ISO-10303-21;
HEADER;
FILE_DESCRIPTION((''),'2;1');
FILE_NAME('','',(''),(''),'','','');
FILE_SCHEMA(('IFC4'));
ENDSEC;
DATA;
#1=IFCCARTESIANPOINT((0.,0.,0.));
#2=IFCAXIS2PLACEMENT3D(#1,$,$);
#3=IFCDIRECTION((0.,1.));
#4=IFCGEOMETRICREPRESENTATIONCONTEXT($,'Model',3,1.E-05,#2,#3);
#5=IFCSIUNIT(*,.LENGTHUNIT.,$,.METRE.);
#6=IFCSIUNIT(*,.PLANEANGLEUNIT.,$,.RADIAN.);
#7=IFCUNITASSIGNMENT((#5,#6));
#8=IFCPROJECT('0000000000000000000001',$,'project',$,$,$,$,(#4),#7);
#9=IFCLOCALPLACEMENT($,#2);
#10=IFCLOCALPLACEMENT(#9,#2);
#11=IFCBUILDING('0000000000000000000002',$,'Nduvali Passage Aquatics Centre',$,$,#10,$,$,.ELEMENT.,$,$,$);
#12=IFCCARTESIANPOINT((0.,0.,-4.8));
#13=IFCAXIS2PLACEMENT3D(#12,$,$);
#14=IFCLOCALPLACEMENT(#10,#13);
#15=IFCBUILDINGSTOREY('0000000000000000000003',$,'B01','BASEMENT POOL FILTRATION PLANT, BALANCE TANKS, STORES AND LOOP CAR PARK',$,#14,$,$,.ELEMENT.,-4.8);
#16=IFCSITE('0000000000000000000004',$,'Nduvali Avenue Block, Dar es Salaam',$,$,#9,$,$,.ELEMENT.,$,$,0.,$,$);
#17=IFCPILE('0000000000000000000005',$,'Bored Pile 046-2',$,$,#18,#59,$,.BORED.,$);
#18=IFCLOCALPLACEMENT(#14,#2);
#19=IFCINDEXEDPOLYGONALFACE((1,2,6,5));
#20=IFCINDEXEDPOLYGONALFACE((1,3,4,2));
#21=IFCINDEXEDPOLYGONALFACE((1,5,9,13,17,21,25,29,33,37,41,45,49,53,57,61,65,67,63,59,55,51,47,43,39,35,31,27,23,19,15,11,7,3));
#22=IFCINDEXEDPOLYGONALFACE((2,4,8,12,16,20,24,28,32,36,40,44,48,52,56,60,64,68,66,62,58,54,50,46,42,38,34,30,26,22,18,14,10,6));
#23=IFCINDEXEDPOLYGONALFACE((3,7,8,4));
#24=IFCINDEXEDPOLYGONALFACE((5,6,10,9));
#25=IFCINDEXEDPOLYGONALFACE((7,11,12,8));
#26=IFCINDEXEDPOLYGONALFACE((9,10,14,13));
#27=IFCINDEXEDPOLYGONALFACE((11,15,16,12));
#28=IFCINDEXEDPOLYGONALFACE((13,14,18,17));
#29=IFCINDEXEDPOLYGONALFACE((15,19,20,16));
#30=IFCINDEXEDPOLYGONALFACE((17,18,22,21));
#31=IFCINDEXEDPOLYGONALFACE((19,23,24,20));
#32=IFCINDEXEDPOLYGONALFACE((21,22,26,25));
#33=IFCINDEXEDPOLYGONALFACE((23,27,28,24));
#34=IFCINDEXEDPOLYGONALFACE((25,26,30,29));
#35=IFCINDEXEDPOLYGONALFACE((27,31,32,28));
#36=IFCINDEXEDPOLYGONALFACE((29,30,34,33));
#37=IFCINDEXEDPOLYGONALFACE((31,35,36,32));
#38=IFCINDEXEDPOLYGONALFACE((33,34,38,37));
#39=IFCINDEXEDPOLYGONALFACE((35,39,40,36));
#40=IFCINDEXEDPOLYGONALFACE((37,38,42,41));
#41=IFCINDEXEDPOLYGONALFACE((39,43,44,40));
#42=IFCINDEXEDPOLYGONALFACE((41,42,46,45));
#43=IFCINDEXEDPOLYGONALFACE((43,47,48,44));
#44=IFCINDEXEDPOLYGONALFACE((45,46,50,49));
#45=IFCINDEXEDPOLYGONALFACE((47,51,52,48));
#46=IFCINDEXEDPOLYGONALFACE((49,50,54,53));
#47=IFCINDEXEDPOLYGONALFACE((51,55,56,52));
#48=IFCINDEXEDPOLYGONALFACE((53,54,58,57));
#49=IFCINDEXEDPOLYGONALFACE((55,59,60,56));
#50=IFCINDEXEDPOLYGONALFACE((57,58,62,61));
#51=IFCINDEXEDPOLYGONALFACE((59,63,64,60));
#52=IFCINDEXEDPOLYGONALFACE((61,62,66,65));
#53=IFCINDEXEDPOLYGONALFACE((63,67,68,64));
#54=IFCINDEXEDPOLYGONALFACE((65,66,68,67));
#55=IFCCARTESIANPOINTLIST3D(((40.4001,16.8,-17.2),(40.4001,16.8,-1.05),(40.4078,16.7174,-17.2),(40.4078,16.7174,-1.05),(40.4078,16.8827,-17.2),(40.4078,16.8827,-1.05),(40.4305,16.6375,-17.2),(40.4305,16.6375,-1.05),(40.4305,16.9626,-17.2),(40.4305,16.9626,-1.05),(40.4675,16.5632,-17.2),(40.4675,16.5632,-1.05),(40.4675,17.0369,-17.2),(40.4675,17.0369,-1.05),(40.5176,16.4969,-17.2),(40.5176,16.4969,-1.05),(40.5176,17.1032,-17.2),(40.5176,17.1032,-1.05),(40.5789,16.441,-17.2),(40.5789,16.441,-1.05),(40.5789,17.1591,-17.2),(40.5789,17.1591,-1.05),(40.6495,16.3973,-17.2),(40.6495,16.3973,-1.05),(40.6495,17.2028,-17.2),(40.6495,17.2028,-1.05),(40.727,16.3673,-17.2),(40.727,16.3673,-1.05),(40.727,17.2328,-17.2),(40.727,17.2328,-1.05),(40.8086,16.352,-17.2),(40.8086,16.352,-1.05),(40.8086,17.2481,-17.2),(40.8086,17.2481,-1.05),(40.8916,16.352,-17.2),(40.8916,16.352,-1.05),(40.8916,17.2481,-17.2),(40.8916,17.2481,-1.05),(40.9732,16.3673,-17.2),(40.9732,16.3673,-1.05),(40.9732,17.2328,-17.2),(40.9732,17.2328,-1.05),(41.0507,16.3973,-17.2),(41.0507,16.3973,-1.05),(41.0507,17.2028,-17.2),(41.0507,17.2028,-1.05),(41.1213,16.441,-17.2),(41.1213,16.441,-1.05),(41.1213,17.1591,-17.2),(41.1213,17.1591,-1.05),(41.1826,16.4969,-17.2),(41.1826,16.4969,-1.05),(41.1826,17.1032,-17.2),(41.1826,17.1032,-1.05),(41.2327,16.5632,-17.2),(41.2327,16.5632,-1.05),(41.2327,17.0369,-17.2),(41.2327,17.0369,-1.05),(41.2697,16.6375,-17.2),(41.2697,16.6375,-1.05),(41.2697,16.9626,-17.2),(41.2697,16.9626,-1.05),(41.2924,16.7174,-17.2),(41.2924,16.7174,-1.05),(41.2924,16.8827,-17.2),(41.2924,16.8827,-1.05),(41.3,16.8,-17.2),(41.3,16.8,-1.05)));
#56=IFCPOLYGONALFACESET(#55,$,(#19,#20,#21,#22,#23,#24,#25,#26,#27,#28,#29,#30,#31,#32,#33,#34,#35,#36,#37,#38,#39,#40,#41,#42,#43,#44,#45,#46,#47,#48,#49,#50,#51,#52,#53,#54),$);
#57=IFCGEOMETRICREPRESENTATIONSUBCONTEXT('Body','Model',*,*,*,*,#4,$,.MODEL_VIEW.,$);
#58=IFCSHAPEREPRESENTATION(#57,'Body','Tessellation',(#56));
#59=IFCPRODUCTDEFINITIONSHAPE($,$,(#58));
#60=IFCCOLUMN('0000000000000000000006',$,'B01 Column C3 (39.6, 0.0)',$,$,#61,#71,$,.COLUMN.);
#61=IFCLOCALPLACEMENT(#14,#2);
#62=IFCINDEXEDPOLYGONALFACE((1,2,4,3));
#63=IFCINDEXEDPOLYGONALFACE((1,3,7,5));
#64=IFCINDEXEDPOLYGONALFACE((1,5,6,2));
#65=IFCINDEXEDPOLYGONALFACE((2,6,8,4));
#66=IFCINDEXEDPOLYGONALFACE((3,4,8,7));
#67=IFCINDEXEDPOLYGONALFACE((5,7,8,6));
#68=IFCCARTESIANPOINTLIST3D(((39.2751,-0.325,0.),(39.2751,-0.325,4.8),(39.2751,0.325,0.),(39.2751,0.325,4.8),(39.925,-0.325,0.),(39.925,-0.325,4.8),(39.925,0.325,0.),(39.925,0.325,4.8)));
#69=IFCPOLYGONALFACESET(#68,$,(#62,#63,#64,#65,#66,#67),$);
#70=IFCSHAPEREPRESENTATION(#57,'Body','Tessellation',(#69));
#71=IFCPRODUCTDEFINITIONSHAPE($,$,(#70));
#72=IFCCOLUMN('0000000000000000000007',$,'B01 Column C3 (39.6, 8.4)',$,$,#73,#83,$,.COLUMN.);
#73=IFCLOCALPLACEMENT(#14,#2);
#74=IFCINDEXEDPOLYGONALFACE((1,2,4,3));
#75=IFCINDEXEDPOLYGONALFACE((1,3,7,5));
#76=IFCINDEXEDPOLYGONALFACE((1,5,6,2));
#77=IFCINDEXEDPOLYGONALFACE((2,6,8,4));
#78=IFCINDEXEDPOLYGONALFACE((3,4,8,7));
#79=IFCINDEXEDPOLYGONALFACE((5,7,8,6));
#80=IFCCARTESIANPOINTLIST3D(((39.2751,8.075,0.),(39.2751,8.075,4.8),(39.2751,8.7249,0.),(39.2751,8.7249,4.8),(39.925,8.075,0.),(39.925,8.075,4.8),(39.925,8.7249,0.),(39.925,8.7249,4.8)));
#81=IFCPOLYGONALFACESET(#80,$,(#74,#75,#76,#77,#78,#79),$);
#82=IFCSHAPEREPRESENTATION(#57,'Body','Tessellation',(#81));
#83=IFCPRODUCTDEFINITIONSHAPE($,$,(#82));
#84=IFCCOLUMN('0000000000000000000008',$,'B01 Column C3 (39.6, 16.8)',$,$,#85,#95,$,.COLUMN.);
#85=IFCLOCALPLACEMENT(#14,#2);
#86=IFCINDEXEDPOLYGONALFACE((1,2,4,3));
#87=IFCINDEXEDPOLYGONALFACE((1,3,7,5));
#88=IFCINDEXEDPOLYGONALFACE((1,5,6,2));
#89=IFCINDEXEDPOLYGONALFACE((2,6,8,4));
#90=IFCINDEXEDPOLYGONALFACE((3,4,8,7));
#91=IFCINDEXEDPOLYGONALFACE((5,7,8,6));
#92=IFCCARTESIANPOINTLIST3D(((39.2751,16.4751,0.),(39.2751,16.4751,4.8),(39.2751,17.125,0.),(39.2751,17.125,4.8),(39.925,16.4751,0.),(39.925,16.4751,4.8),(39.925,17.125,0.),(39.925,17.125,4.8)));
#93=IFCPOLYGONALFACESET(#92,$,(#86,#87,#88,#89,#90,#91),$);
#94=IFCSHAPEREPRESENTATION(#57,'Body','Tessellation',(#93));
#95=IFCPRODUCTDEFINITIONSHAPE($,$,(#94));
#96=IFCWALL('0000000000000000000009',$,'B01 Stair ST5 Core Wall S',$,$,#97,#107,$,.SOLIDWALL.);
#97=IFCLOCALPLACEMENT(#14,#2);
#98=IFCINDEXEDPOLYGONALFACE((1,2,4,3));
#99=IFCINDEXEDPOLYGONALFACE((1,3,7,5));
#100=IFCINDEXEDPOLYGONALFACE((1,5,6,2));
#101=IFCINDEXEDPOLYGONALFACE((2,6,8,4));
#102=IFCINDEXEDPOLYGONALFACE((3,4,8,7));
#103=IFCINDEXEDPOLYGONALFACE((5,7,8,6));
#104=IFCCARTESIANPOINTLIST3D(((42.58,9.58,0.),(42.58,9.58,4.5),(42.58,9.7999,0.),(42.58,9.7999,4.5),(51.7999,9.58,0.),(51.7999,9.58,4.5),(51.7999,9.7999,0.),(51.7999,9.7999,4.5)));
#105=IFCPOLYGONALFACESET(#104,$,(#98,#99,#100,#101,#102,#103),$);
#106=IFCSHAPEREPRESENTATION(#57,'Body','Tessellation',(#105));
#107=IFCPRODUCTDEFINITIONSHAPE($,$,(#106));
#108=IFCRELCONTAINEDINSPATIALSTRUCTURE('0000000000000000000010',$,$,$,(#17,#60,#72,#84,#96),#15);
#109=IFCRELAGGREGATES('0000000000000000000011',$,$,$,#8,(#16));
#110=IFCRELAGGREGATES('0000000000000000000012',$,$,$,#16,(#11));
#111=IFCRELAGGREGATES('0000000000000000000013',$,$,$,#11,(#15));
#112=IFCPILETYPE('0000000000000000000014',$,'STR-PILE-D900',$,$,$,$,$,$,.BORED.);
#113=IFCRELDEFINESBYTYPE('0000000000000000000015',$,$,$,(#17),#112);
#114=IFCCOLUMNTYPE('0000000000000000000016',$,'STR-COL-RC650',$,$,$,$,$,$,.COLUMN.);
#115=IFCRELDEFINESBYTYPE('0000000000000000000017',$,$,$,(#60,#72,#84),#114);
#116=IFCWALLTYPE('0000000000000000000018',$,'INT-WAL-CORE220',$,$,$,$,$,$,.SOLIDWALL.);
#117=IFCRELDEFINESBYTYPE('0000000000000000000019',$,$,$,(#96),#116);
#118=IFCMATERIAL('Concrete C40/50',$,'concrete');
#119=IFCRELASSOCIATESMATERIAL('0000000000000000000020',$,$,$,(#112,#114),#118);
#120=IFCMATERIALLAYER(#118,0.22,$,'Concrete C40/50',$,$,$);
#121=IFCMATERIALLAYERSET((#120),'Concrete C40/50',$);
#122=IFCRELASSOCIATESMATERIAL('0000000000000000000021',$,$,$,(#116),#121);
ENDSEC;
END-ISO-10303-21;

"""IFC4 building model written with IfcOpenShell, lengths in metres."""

from ifc_helpers import new_model, si_unit, direction, frame, frame_2d, origin, origin_2d, place, context, subcontext, project, spatial, rectangle, circle, extrude, material, layer, layer_set, material_profile, profile_set, type_object, element, save


model = new_model("IFC4")

# Units and contexts
model_context = context("Model", 3, precision=1e-05, world=origin(), true_north=direction((0.0, 1.0)))
body_context = subcontext(model_context, "Body", "Model", "MODEL_VIEW")
ifc_project = project(units=[si_unit("LENGTHUNIT", "METRE"), si_unit("PLANEANGLEUNIT", "RADIAN")], contexts=[model_context])

# Site, building, storey
site_placement = place(None, origin())
site = spatial("IfcSite", under=ifc_project, at=site_placement, Name="Nduvali Avenue Block, Dar es Salaam", CompositionType="ELEMENT", RefElevation=0.0)
building_placement = place(site_placement, origin())
building = spatial("IfcBuilding", under=site, at=building_placement, Name="Nduvali Passage Aquatics Centre", CompositionType="ELEMENT")
storey_placement = place(building_placement, frame((0.0, 0.0, -4.8)))
storey = spatial("IfcBuildingStorey", under=building, at=storey_placement, Name="B01", Description="BASEMENT POOL FILTRATION PLANT, BALANCE TANKS, STORES AND LOOP CAR PARK", CompositionType="ELEMENT", Elevation=-4.8)

# Shared definitions
ifc_material = material(Name="Concrete C40/50", Category="concrete")

# Pile
ifc_material_profile_1 = material_profile(ifc_material, circle(Radius=0.45, at=origin_2d()), Name="PILE D900")
ifc_profile_set_1 = profile_set([ifc_material_profile_1], Name="Concrete C40/50")
pile_type_1 = type_object("IfcPileType", Name="STR-PILE-D900", PredefinedType="BORED", material=ifc_profile_set_1)
for number, where, z_axis, x_axis, name in (
    (1, (40.8501, 16.8, -1.05), (0.0, 0.0, -1.0), (1.0, 0.0, 0.0), "Bored Pile 046-2"),
):
    element("IfcPile", number, at=place(storey_placement, frame(where, z_axis=z_axis, x_axis=x_axis)), inside=storey, type_object=pile_type_1, Name=name, PredefinedType="BORED", context=body_context, shape_type="SweptSolid", body=[
        extrude(circle(Radius=0.45, at=origin_2d()), origin(), (0.0, 0.0, 1.0), 16.1499),
    ])

# Columns
ifc_material_profile_2 = material_profile(ifc_material, rectangle(XDim=0.6499, YDim=0.6499, at=origin_2d()), Name="RC 650x650")
ifc_profile_set_2 = profile_set([ifc_material_profile_2], Name="Concrete C40/50")
column_type = type_object("IfcColumnType", Name="STR-COL-RC650", PredefinedType="COLUMN", material=ifc_profile_set_2)
for number, where, z_axis, x_axis, name in (
    (2, (39.6001, 0.0, 0.0), (0.0, 0.0, 1.0), (1.0, 0.0, 0.0), "B01 Column C3 (39.6, 0.0)"),
    (3, (39.6001, 8.3999, 0.0), (0.0, 0.0, 1.0), (1.0, 0.0, 0.0), "B01 Column C3 (39.6, 8.4)"),
    (4, (39.6001, 16.8, 0.0), (0.0, 0.0, 1.0), (1.0, 0.0, 0.0), "B01 Column C3 (39.6, 16.8)"),
):
    element("IfcColumn", number, at=place(storey_placement, frame(where, z_axis=z_axis, x_axis=x_axis)), inside=storey, type_object=column_type, Name=name, PredefinedType="COLUMN", context=body_context, shape_type="SweptSolid", body=[
        extrude(rectangle(XDim=0.6499, YDim=0.6499, at=origin_2d()), origin(), (0.0, 0.0, 1.0), 4.8),
    ])

# Wall
ifc_layer = layer(ifc_material, 0.22, Name="Concrete C40/50")
ifc_layer_set = layer_set([ifc_layer], Name="Concrete C40/50")
wall_type = type_object("IfcWallType", Name="INT-WAL-CORE220", PredefinedType="SOLIDWALL", material=ifc_layer_set)
wall_placement = place(storey_placement, frame((42.5801, 9.6899, 0.0), z_axis=(0.0, 0.0, 1.0), x_axis=(1.0, 0.0, 0.0)))
element("IfcWall", 5, at=wall_placement, inside=storey, type_object=wall_type, Name="B01 Stair ST5 Core Wall S", PredefinedType="SOLIDWALL", context=body_context, shape_type="SweptSolid", body=[
    extrude(rectangle(XDim=9.22, YDim=0.22, at=frame_2d((4.6099, 0.0))), origin(), (0.0, 0.0, 1.0), 4.5),
])

save(model, "model.ifc")
